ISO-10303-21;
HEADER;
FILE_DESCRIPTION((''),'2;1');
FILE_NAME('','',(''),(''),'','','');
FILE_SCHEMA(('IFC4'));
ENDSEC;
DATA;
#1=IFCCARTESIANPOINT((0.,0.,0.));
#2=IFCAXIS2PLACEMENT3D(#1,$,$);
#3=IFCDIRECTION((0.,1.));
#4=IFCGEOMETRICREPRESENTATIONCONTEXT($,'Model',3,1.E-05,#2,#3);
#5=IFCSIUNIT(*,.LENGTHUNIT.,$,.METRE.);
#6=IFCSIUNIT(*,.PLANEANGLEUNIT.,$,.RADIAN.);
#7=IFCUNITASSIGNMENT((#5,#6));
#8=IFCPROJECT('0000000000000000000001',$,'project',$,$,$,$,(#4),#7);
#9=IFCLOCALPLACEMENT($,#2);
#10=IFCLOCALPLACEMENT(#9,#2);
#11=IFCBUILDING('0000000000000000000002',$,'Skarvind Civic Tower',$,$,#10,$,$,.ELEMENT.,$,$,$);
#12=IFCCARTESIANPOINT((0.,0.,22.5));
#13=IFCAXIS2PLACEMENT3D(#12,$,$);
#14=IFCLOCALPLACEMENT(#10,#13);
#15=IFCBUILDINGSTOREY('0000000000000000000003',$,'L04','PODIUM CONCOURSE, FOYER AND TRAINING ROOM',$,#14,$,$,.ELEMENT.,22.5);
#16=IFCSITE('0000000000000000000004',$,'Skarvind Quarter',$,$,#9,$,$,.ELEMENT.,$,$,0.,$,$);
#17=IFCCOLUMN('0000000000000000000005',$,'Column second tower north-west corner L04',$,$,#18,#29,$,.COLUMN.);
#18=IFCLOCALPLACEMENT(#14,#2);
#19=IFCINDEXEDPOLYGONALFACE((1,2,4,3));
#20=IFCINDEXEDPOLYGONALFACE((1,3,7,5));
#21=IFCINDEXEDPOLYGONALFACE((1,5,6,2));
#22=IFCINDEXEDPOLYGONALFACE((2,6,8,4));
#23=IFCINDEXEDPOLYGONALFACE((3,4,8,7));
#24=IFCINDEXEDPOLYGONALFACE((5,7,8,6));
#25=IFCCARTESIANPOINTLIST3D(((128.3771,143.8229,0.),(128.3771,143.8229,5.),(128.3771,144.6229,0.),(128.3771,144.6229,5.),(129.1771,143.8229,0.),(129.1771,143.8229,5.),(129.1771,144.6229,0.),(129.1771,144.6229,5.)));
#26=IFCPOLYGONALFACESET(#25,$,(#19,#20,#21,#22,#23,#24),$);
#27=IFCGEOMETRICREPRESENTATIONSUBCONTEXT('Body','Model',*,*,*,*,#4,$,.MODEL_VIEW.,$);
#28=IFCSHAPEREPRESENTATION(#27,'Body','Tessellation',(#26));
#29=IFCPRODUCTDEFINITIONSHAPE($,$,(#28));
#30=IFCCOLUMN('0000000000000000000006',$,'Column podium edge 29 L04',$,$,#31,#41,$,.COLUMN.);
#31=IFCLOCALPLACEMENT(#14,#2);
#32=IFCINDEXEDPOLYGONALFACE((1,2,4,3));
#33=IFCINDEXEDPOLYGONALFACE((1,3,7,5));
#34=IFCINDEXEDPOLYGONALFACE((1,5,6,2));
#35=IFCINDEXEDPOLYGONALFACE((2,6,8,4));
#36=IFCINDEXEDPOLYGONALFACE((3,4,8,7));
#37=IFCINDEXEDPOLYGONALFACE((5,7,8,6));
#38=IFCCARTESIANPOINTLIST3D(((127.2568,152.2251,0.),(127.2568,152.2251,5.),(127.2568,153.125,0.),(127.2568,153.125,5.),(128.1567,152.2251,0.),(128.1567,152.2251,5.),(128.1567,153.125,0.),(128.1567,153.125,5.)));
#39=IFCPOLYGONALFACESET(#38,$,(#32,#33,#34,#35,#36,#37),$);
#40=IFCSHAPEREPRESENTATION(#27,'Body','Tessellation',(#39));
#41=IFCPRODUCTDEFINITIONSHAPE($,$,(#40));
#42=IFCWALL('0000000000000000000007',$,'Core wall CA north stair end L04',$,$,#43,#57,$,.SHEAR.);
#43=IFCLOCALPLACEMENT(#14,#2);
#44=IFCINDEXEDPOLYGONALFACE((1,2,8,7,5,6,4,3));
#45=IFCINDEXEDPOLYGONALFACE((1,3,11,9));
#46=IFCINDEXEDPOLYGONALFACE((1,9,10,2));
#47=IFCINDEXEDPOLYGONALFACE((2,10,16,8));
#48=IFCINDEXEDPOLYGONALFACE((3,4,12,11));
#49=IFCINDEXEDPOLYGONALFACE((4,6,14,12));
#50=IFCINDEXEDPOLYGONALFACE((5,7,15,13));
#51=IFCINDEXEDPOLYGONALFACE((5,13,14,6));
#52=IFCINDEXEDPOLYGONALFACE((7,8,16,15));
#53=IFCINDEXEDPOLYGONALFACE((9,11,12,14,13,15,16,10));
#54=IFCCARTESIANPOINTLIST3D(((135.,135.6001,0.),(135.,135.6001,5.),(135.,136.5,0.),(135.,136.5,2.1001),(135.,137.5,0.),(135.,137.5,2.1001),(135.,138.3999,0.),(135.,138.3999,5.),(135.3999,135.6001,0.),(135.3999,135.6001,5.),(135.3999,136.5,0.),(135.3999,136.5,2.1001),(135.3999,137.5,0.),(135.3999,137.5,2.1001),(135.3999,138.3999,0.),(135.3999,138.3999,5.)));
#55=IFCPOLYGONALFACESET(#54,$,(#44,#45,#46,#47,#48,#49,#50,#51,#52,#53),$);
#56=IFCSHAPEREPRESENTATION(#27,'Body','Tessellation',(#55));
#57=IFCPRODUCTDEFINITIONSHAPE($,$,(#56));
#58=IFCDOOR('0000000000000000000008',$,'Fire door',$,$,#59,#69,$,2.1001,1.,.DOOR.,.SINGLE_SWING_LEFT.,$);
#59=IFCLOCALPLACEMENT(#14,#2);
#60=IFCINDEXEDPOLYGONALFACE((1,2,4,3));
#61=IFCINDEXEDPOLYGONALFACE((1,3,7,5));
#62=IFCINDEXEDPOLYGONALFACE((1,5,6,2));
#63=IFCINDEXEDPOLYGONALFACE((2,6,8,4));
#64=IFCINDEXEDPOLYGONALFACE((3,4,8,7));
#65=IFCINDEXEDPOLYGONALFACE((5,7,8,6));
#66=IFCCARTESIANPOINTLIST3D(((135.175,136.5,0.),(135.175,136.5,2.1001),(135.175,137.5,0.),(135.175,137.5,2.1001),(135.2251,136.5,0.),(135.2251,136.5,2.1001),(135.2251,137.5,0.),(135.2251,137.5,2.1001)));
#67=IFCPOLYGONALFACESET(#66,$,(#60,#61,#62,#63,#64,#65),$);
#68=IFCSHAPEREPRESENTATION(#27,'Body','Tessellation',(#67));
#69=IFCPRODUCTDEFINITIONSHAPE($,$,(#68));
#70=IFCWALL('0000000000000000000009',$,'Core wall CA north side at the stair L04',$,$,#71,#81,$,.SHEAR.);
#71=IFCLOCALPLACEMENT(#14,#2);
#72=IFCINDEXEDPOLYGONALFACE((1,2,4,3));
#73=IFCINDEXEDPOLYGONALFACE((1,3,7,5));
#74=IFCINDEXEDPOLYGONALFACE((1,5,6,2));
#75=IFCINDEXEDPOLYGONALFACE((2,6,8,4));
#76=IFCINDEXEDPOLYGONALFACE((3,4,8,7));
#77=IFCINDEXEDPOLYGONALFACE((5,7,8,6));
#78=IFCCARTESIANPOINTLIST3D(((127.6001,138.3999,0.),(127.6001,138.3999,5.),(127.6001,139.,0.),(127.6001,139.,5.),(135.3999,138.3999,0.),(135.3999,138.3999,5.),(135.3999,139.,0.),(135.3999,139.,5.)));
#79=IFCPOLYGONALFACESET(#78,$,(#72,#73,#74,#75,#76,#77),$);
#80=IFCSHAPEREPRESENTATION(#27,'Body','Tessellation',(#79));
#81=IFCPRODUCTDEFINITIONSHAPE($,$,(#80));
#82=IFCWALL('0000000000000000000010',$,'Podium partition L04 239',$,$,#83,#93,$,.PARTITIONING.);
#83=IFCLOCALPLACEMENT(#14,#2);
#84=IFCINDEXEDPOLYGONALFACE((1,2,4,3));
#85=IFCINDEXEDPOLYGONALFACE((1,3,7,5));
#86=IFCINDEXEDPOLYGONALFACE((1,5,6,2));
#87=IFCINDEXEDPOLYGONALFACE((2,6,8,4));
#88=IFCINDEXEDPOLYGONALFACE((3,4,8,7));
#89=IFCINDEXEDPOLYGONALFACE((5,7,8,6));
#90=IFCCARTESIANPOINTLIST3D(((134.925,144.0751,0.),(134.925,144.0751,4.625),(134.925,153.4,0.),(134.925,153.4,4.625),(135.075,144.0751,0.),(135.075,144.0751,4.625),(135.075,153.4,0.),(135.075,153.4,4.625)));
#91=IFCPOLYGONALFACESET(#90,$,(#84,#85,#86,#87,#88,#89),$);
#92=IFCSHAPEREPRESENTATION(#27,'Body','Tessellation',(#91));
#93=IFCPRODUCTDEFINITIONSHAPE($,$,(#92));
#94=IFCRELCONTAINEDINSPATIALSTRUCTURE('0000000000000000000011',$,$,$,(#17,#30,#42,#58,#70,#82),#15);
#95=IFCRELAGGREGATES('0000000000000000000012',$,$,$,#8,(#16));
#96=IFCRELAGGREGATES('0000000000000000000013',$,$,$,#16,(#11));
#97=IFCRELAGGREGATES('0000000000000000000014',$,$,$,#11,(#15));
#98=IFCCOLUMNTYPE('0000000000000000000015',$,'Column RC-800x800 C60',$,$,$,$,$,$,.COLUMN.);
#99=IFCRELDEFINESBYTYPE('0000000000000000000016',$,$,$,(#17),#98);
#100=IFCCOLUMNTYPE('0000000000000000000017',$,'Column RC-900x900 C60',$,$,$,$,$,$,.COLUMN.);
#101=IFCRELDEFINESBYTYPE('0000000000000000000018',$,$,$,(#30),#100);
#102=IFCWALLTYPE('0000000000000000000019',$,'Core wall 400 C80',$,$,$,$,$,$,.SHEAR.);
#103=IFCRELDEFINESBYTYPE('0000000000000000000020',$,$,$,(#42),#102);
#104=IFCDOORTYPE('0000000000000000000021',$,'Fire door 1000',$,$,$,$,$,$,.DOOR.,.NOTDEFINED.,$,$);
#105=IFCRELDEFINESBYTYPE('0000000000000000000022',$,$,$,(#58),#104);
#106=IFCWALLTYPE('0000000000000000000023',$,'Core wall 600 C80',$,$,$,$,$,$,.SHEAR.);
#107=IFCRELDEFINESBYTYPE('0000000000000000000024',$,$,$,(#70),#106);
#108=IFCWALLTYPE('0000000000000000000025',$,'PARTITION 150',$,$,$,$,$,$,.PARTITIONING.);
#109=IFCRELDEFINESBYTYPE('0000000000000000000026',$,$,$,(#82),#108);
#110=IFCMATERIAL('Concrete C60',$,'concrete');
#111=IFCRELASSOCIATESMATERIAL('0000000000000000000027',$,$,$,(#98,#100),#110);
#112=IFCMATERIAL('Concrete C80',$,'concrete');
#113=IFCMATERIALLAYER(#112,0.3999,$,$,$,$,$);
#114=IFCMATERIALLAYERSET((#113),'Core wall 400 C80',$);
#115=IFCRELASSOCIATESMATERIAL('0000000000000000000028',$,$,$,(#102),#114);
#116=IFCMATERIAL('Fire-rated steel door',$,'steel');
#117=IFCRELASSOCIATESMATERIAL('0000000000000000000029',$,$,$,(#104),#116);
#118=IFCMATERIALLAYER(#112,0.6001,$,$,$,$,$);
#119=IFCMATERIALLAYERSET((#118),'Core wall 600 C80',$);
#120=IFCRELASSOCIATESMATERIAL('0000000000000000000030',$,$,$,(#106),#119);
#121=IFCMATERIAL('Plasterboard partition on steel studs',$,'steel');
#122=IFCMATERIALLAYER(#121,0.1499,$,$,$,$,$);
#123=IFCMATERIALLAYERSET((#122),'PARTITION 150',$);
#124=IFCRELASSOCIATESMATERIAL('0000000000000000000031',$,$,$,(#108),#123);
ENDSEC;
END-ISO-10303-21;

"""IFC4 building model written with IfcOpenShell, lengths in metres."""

from ifc_helpers import new_model, si_unit, direction, frame, frame_2d, origin, origin_2d, place, context, subcontext, project, spatial, rectangle, extrude, material, layer, layer_set, material_profile, profile_set, type_object, element, fill, save


model = new_model("IFC4")

# Units and contexts
model_context = context("Model", 3, precision=1e-05, world=origin(), true_north=direction((0.0, 1.0)))
body_context = subcontext(model_context, "Body", "Model", "MODEL_VIEW")
ifc_project = project(units=[si_unit("LENGTHUNIT", "METRE"), si_unit("PLANEANGLEUNIT", "RADIAN")], contexts=[model_context])

# Site, building, storey
site_placement = place(None, origin())
site = spatial("IfcSite", under=ifc_project, at=site_placement, Name="Skarvind Quarter", CompositionType="ELEMENT", RefElevation=0.0)
building_placement = place(site_placement, origin())
building = spatial("IfcBuilding", under=site, at=building_placement, Name="Skarvind Civic Tower", CompositionType="ELEMENT")
storey_placement = place(building_placement, frame((0.0, 0.0, 22.5)))
storey = spatial("IfcBuildingStorey", under=building, at=storey_placement, Name="L04", Description="PODIUM CONCOURSE, FOYER AND TRAINING ROOM", CompositionType="ELEMENT", Elevation=22.5)

# Columns
ifc_material_1 = material(Name="Concrete C60", Category="concrete")
ifc_material_profile_1 = material_profile(ifc_material_1, rectangle(XDim=0.8, YDim=0.8, at=origin_2d()), Name="RC-800x800")
ifc_profile_set_1 = profile_set([ifc_material_profile_1], Name="Concrete C60")
column_type_1 = type_object("IfcColumnType", Name="Column RC-800x800 C60", PredefinedType="COLUMN", material=ifc_profile_set_1)
column_1_placement = place(storey_placement, frame((128.7771, 144.2229, 0.0), z_axis=(0.0, 0.0, 1.0), x_axis=(1.0, 0.0, 0.0)))
element("IfcColumn", 1, at=column_1_placement, inside=storey, type_object=column_type_1, Name="Column second tower north-west corner L04", PredefinedType="COLUMN", context=body_context, shape_type="SweptSolid", body=[
    extrude(rectangle(XDim=0.8, YDim=0.8, at=origin_2d()), origin(), (0.0, 0.0, 1.0), 5.0),
])
ifc_material_profile_2 = material_profile(ifc_material_1, rectangle(XDim=0.8999, YDim=0.8999, at=origin_2d()), Name="RC-900x900")
ifc_profile_set_2 = profile_set([ifc_material_profile_2], Name="Concrete C60")
column_type_2 = type_object("IfcColumnType", Name="Column RC-900x900 C60", PredefinedType="COLUMN", material=ifc_profile_set_2)
column_2_placement = place(storey_placement, frame((127.7068, 152.675, 0.0), z_axis=(0.0, 0.0, 1.0), x_axis=(1.0, 0.0, 0.0)))
element("IfcColumn", 2, at=column_2_placement, inside=storey, type_object=column_type_2, Name="Column podium edge 29 L04", PredefinedType="COLUMN", context=body_context, shape_type="SweptSolid", body=[
    extrude(rectangle(XDim=0.8999, YDim=0.8999, at=origin_2d()), origin(), (0.0, 0.0, 1.0), 5.0),
])

# Wall, opening, door
ifc_material_2 = material(Name="Concrete C80", Category="concrete")
ifc_layer_1 = layer(ifc_material_2, 0.3999)
ifc_layer_set_1 = layer_set([ifc_layer_1], Name="Core wall 400 C80")
wall_type_1 = type_object("IfcWallType", Name="Core wall 400 C80", PredefinedType="SHEAR", material=ifc_layer_set_1)
wall_1_placement = place(storey_placement, frame((135.2, 135.6001, 0.0), z_axis=(0.0, 0.0, 1.0), x_axis=(0.0, 1.0, 0.0)))
wall_1 = element("IfcWall", 3, at=wall_1_placement, inside=storey, type_object=wall_type_1, Name="Core wall CA north stair end L04", PredefinedType="SHEAR", context=body_context, shape_type="SweptSolid", body=[
    extrude(rectangle(XDim=2.7998, YDim=0.3999, at=frame_2d((1.3999, 0.0))), origin(), (0.0, 0.0, 1.0), 5.0),
])
opening_1_placement = place(wall_1_placement, frame((0.8999, 0.0, 0.0)))
opening_1 = element("IfcOpeningElement", 4, at=opening_1_placement, cuts=wall_1, PredefinedType="OPENING", context=body_context, shape_type="SweptSolid", body=[
    extrude(rectangle(XDim=1.0, YDim=2.1001, at=frame_2d((0.5, 1.05))), frame((0.0, 0.21, 0.0), z_axis=(0.0, -1.0, 0.0), x_axis=(1.0, 0.0, 0.0)), (0.0, 0.0, 1.0), 0.4199),
])
ifc_material_3 = material(Name="Fire-rated steel door", Category="steel")
door_type = type_object("IfcDoorType", Name="Fire door 1000", OperationType="NOTDEFINED", PredefinedType="DOOR", material=ifc_material_3)
door_placement = place(opening_1_placement, origin())
door = element("IfcDoor", 5, at=door_placement, inside=storey, type_object=door_type, Name="Fire door", OperationType="SINGLE_SWING_LEFT", OverallHeight=2.1001, OverallWidth=1.0, PredefinedType="DOOR", context=body_context, shape_type="SweptSolid", body=[
    extrude(rectangle(XDim=1.0, YDim=2.1001, at=frame_2d((0.5, 1.05))), frame((0.0, 0.0249, 0.0), z_axis=(0.0, -1.0, 0.0), x_axis=(1.0, 0.0, 0.0)), (0.0, 0.0, 1.0), 0.05),
])
fill(opening_1, door)

# Walls
ifc_layer_2 = layer(ifc_material_2, 0.6001)
ifc_layer_set_2 = layer_set([ifc_layer_2], Name="Core wall 600 C80")
wall_type_2 = type_object("IfcWallType", Name="Core wall 600 C80", PredefinedType="SHEAR", material=ifc_layer_set_2)
wall_2_placement = place(storey_placement, frame((127.6001, 138.7, 0.0), z_axis=(0.0, 0.0, 1.0), x_axis=(1.0, 0.0, 0.0)))
element("IfcWall", 6, at=wall_2_placement, inside=storey, type_object=wall_type_2, Name="Core wall CA north side at the stair L04", PredefinedType="SHEAR", context=body_context, shape_type="SweptSolid", body=[
    extrude(rectangle(XDim=7.7998, YDim=0.6001, at=frame_2d((3.8999, 0.0))), origin(), (0.0, 0.0, 1.0), 5.0),
])
ifc_material_4 = material(Name="Plasterboard partition on steel studs", Category="steel")
ifc_layer_3 = layer(ifc_material_4, 0.1499)
ifc_layer_set_3 = layer_set([ifc_layer_3], Name="PARTITION 150")
wall_type_3 = type_object("IfcWallType", Name="PARTITION 150", PredefinedType="PARTITIONING", material=ifc_layer_set_3)
wall_3_placement = place(storey_placement, frame((135.0, 144.075, 0.0), z_axis=(0.0, 0.0, 1.0), x_axis=(0.0, 1.0, 0.0)))
element("IfcWall", 7, at=wall_3_placement, inside=storey, type_object=wall_type_3, Name="Podium partition L04 239", PredefinedType="PARTITIONING", context=body_context, shape_type="SweptSolid", body=[
    extrude(rectangle(XDim=9.325, YDim=0.1499, at=frame_2d((4.6626, 0.0))), origin(), (0.0, 0.0, 1.0), 4.625),
])

save(model, "model.ifc")
